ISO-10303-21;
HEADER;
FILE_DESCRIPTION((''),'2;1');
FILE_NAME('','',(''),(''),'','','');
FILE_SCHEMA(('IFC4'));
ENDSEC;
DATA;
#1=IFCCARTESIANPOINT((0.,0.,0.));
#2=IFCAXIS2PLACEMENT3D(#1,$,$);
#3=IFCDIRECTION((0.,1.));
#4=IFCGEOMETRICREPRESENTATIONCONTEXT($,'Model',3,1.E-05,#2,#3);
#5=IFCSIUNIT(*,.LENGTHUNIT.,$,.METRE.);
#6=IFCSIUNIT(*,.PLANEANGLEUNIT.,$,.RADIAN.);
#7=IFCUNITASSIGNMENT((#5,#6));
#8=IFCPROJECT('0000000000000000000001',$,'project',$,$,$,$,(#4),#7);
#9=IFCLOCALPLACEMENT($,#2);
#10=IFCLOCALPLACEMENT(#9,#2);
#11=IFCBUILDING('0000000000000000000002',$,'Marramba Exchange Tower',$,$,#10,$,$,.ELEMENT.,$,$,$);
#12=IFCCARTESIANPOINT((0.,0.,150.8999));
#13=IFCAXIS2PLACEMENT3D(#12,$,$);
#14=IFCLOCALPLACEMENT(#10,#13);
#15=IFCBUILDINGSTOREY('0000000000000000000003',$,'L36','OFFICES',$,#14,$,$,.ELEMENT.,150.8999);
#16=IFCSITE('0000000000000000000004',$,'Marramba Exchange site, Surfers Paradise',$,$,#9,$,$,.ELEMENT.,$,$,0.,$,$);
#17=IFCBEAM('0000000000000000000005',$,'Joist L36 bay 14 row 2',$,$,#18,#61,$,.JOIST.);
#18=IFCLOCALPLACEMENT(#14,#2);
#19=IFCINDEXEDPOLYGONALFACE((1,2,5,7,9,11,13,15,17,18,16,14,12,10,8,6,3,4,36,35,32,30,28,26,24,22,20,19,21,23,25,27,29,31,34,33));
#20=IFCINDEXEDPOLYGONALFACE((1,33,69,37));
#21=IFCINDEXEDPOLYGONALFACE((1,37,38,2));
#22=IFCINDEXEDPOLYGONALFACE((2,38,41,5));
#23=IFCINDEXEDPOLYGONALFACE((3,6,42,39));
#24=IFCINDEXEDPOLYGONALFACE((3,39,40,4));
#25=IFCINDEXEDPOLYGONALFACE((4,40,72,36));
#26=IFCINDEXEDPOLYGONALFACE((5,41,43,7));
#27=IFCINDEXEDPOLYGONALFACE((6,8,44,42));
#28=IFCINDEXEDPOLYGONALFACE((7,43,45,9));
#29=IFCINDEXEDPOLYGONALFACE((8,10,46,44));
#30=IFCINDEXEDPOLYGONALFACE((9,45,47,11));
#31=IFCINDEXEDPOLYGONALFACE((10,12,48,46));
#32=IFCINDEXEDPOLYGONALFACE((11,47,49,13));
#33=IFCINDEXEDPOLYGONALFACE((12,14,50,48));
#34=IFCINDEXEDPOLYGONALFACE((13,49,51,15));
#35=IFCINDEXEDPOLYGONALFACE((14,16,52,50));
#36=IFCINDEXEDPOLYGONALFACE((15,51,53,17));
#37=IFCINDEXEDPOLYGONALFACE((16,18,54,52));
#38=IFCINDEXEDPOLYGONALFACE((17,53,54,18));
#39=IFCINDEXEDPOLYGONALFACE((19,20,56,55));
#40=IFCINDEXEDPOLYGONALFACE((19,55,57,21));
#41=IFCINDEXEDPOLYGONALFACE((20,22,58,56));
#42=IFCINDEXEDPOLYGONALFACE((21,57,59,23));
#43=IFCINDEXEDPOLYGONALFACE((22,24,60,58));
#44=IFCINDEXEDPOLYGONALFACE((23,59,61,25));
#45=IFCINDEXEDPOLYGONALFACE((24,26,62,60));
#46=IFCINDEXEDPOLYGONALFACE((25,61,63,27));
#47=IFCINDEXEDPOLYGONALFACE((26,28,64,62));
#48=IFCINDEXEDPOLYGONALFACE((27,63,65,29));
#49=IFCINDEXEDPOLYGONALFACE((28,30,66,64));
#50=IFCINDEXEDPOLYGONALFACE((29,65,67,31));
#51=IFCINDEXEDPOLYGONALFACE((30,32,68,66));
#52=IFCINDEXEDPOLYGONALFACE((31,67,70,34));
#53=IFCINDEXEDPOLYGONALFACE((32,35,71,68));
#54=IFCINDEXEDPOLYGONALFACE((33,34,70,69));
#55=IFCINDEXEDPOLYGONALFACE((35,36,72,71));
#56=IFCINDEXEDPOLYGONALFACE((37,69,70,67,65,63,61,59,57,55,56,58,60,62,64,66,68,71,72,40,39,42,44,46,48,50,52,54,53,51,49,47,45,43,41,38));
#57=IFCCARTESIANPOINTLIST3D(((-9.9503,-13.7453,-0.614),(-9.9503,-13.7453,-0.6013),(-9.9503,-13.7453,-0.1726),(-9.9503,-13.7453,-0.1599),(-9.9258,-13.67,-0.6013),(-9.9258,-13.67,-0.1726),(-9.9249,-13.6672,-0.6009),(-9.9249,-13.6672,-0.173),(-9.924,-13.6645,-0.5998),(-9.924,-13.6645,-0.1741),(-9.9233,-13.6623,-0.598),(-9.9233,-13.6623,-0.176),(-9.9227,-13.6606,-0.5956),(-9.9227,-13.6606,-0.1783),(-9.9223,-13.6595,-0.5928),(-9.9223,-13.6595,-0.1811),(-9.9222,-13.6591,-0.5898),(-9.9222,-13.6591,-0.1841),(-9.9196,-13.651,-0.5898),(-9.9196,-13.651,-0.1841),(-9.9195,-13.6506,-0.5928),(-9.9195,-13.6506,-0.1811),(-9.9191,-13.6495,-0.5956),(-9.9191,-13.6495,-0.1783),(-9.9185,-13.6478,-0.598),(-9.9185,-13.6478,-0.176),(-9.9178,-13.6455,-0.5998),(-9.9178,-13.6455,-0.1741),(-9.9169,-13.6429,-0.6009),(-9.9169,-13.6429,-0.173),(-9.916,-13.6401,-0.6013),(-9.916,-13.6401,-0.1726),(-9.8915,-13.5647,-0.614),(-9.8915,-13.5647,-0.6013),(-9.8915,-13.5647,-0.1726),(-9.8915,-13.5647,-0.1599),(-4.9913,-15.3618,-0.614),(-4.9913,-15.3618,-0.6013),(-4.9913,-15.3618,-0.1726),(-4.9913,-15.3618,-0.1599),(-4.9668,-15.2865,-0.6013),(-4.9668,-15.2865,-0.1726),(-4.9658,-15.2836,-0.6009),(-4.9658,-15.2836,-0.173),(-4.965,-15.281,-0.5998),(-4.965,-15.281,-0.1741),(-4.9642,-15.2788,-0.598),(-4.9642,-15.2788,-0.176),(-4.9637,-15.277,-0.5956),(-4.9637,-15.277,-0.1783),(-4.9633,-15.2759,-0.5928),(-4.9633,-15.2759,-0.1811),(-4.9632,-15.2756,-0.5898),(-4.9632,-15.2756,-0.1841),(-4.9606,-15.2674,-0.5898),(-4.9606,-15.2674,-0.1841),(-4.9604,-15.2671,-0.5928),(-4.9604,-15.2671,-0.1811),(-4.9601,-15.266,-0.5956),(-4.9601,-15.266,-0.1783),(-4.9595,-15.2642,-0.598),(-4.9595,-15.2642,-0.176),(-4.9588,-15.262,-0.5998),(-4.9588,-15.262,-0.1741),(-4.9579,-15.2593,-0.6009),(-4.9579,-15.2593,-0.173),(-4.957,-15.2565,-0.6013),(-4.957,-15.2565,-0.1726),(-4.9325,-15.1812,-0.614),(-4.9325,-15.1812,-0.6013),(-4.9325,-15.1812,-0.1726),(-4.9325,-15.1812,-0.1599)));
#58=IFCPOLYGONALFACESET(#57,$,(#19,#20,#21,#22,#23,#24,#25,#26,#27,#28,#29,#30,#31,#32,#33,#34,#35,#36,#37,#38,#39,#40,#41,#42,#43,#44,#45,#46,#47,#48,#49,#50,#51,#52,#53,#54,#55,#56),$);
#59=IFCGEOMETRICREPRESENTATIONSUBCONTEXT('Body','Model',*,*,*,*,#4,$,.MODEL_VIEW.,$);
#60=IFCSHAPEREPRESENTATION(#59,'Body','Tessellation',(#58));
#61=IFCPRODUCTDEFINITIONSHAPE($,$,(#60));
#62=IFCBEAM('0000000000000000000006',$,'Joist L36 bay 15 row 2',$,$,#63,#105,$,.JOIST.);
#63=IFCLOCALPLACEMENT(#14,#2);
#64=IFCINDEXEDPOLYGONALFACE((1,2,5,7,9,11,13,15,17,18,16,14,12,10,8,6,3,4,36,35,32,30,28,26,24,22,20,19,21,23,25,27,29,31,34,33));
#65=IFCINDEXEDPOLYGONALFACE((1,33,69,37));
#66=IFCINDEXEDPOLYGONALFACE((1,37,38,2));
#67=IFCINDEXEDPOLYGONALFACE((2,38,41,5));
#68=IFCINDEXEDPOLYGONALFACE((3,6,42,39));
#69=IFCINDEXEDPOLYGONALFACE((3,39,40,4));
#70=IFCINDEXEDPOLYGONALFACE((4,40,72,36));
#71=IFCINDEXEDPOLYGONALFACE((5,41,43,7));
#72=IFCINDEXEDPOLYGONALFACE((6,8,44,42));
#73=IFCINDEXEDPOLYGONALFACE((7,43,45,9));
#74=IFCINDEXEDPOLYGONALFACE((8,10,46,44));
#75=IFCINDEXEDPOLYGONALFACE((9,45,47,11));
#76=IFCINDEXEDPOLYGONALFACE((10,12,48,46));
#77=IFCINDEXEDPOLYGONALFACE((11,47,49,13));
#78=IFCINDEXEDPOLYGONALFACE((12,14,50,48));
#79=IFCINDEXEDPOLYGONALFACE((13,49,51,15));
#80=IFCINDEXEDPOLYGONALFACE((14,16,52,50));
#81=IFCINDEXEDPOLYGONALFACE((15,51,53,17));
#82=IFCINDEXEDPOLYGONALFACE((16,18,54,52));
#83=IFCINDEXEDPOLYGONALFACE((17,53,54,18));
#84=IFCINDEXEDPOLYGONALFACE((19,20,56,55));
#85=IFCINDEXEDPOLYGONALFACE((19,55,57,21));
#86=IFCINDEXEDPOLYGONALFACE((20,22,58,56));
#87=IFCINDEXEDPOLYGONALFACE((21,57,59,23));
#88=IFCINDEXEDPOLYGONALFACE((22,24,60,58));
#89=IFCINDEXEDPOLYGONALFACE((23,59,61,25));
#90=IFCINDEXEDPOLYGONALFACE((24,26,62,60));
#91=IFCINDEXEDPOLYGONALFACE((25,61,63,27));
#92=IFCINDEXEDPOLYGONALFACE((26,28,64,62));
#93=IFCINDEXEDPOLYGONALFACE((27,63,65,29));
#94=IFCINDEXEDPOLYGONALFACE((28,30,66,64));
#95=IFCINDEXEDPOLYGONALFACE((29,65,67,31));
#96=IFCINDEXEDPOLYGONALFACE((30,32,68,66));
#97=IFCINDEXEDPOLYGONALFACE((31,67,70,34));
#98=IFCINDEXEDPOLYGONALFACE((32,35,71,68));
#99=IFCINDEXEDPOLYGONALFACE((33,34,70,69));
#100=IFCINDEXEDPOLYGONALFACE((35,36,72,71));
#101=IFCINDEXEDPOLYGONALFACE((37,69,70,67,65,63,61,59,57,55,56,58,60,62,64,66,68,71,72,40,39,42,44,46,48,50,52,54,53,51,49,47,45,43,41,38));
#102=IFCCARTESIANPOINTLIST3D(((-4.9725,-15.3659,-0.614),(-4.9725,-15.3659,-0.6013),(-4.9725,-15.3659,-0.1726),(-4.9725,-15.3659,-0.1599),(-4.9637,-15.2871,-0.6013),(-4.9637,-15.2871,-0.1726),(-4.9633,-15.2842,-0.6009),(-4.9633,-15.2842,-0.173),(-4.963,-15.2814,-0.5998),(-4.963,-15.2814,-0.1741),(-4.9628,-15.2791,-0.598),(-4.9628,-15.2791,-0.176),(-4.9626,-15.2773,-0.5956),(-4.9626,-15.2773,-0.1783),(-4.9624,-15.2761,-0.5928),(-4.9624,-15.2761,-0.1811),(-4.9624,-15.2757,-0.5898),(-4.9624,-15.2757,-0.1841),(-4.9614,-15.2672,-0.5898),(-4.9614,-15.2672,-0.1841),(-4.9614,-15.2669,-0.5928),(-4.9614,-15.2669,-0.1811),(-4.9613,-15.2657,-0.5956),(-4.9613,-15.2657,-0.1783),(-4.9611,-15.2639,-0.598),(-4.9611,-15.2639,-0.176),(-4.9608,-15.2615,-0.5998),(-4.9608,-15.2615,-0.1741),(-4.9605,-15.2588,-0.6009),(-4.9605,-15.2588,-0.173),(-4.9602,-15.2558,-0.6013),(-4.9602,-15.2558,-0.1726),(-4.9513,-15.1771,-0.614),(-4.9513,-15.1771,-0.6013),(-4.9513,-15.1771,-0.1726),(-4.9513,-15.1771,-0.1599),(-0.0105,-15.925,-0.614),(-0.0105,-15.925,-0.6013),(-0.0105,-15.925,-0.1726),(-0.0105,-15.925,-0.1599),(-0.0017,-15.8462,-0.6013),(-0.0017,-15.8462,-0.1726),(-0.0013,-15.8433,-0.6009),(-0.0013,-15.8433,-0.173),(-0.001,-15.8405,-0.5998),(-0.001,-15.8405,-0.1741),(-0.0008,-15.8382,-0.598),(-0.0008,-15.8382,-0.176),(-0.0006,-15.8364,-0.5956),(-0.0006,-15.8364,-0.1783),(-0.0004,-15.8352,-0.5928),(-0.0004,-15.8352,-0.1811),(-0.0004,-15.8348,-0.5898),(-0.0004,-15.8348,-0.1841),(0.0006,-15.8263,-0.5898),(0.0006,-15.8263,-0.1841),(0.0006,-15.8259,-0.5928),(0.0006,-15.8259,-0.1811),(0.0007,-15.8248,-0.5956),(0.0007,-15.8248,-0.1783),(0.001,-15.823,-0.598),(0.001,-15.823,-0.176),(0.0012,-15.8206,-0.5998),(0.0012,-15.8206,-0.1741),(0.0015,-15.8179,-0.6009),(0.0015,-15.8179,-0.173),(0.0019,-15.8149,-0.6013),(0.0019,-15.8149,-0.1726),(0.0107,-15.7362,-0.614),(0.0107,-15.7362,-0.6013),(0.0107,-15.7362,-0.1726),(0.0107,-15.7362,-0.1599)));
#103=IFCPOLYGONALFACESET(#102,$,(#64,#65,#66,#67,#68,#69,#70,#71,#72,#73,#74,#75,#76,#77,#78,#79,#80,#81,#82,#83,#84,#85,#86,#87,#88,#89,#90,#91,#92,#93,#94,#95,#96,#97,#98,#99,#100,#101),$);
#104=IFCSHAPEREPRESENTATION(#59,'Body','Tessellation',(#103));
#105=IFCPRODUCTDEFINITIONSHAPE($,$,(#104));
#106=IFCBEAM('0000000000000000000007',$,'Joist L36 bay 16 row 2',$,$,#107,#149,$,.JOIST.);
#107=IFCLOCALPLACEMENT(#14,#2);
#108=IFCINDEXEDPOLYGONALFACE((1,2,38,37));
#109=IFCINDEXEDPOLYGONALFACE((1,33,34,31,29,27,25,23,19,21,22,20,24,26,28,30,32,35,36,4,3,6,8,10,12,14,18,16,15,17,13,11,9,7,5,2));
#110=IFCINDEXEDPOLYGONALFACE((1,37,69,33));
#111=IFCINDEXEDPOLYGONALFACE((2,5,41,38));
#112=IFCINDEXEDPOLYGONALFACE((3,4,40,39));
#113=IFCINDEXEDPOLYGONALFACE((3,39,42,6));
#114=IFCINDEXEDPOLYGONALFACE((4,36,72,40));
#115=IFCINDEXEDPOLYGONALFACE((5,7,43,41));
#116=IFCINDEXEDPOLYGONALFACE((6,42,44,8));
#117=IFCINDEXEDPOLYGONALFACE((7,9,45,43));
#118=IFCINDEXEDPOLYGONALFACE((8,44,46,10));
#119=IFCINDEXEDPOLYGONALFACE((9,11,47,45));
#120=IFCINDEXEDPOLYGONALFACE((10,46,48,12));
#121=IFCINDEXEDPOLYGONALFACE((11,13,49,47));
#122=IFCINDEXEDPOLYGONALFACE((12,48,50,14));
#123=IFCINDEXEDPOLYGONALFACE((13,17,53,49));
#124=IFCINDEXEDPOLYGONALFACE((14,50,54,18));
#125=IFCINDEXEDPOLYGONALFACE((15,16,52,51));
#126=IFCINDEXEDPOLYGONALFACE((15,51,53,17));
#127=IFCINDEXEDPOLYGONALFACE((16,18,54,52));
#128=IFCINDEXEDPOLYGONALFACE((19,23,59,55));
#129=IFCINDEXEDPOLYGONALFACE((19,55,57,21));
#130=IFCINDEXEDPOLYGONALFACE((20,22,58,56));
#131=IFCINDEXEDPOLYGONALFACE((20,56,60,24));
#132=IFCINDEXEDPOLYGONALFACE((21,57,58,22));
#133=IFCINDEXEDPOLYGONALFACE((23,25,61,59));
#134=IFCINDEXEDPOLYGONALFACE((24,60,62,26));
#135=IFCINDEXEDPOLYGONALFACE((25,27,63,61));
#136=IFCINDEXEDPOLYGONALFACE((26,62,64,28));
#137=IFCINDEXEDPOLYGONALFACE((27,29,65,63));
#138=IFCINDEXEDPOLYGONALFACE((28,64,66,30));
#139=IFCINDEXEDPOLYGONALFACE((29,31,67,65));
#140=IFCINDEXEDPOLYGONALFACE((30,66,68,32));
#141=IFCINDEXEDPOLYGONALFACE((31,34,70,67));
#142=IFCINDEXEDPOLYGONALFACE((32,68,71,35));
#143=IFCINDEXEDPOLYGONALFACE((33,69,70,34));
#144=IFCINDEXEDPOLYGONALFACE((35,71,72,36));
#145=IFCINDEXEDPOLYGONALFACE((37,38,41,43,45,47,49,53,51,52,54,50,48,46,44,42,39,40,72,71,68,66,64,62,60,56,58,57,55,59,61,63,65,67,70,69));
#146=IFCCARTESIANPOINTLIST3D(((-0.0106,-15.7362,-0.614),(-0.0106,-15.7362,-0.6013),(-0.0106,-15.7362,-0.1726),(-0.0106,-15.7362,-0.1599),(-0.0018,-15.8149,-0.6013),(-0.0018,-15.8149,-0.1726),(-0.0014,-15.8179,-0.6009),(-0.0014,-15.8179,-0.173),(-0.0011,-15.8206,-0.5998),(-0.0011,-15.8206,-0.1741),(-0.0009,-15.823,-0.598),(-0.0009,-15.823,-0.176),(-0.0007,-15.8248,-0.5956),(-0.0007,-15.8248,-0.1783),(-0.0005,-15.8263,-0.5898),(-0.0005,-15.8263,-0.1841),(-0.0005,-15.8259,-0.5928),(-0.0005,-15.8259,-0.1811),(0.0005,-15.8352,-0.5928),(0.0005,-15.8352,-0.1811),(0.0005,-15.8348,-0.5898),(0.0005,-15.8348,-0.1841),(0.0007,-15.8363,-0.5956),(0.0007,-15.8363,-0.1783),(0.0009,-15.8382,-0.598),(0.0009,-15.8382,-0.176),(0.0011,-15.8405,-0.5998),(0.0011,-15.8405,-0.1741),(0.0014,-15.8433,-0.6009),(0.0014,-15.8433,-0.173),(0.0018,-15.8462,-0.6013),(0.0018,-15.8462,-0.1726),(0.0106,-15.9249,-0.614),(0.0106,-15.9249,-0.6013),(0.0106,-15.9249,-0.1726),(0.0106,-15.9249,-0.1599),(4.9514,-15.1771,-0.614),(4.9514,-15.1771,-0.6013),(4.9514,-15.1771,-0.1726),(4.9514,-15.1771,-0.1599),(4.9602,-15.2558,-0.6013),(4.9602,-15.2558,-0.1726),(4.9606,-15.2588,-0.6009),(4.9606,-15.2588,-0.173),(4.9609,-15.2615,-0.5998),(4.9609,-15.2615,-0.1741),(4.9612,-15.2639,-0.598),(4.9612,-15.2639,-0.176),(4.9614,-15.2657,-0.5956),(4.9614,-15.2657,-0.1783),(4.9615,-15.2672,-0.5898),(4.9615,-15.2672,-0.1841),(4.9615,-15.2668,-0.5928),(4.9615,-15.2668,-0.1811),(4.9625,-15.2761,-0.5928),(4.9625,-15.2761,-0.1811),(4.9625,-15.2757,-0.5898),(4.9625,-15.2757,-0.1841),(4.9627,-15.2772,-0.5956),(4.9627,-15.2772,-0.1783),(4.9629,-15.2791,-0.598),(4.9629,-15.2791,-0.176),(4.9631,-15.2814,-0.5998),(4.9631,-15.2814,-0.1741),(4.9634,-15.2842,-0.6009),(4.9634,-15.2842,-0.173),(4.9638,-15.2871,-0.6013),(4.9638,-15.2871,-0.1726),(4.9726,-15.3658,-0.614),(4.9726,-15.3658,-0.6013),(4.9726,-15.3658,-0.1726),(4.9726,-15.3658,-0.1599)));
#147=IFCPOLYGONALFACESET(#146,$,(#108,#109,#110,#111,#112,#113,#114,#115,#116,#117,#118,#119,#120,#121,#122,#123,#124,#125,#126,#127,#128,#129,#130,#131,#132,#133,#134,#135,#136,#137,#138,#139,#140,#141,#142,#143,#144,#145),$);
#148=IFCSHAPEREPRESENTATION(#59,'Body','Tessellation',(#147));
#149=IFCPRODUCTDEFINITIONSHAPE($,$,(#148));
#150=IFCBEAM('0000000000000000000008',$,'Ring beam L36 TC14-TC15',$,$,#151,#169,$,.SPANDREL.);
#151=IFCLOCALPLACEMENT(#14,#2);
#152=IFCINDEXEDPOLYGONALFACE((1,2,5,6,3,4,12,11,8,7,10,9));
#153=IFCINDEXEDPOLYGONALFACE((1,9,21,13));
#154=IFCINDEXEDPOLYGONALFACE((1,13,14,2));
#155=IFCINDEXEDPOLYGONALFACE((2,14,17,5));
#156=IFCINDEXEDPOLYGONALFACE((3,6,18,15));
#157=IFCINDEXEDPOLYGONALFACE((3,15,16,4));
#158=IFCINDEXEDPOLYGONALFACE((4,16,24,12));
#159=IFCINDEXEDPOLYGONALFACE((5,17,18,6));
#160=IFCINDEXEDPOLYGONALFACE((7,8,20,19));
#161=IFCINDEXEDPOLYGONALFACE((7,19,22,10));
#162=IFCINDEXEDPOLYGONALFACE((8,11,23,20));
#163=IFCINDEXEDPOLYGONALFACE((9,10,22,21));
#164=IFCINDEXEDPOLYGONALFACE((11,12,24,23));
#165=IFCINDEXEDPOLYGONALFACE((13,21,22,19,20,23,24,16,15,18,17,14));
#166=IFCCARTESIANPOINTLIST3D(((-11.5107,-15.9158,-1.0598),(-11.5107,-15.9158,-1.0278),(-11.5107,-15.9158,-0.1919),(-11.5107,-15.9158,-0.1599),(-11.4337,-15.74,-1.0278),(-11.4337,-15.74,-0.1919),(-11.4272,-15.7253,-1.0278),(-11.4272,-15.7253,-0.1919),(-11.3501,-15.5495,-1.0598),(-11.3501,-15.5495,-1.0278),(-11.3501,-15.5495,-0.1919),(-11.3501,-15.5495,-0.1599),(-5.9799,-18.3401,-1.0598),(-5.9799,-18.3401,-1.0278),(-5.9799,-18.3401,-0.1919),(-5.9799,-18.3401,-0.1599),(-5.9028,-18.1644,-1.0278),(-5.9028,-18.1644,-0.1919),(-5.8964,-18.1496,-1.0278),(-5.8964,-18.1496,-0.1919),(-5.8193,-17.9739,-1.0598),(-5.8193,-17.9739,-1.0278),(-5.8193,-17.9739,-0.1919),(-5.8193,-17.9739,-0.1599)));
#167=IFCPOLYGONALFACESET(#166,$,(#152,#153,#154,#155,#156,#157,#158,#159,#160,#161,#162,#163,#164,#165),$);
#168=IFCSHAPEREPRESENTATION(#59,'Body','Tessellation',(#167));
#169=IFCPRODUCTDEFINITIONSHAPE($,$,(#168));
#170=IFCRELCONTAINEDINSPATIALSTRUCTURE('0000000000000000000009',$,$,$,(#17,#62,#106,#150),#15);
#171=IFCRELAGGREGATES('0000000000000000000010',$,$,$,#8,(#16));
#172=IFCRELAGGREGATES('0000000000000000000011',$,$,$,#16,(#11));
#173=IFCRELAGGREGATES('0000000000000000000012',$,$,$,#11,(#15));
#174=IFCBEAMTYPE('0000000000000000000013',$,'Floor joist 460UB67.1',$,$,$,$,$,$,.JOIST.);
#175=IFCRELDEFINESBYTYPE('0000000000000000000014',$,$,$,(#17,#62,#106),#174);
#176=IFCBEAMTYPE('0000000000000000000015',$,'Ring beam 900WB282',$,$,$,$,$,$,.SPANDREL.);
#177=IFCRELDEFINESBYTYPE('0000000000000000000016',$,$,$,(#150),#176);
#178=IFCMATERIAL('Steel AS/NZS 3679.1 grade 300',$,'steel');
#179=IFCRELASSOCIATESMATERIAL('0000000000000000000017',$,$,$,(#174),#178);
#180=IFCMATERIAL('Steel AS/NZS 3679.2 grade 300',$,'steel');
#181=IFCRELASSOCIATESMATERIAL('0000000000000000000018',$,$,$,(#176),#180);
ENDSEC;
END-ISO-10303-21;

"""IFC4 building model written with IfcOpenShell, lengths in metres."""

from ifc_helpers import new_model, si_unit, direction, frame, origin, origin_2d, place, context, subcontext, project, spatial, i_section, extrude, material, material_profile, profile_set, type_object, element, save


model = new_model("IFC4")

# Units and contexts
model_context = context("Model", 3, precision=1e-05, world=origin(), true_north=direction((0.0, 1.0)))
body_context = subcontext(model_context, "Body", "Model", "MODEL_VIEW")
ifc_project = project(units=[si_unit("LENGTHUNIT", "METRE"), si_unit("PLANEANGLEUNIT", "RADIAN")], contexts=[model_context])

# Site, building, storey
site_placement = place(None, origin())
site = spatial("IfcSite", under=ifc_project, at=site_placement, Name="Marramba Exchange site, Surfers Paradise", CompositionType="ELEMENT", RefElevation=0.0)
building_placement = place(site_placement, origin())
building = spatial("IfcBuilding", under=site, at=building_placement, Name="Marramba Exchange Tower", CompositionType="ELEMENT")
storey_placement = place(building_placement, frame((0.0, 0.0, 150.8999)))
storey = spatial("IfcBuildingStorey", under=building, at=storey_placement, Name="L36", Description="OFFICES", CompositionType="ELEMENT", Elevation=150.8999)

# Beams
ifc_material_1 = material(Name="Steel AS/NZS 3679.2 grade 300", Category="steel")
ifc_material_2 = material(Name="Steel AS/NZS 3679.1 grade 300", Category="steel")
ifc_material_profile_1 = material_profile(ifc_material_2, i_section(OverallWidth=0.1899, OverallDepth=0.4541, WebThickness=0.0085, FlangeThickness=0.0127, FilletRadius=0.0115, at=origin_2d()), Name="460UB67.1")
ifc_profile_set_1 = profile_set([ifc_material_profile_1], Name="Steel AS/NZS 3679.1 grade 300")
beam_type_1 = type_object("IfcBeamType", Name="Floor joist 460UB67.1", PredefinedType="JOIST", material=ifc_profile_set_1)
beam_1_placement = place(storey_placement, frame((-9.9209, -13.655, -0.387), z_axis=(0.950764, -0.309916, 0.0), x_axis=(0.309916, 0.950764, 0.0)))
element("IfcBeam", 1, at=beam_1_placement, inside=storey, type_object=beam_type_1, Name="Joist L36 bay 14 row 2", PredefinedType="JOIST", context=body_context, shape_type="SweptSolid", body=[
    extrude(i_section(OverallWidth=0.1899, OverallDepth=0.4541, WebThickness=0.0085, FlangeThickness=0.0127, FilletRadius=0.0115, at=origin_2d()), origin(), (0.0, 0.0, 1.0), 5.2158),
])
for number, where, z_axis, x_axis, name in (
    (2, (-4.9619, -15.2715, -0.387), (0.993712, -0.111966, 0.0), (0.111966, 0.993712, 0.0), "Joist L36 bay 15 row 2"),
    (3, (0.0, -15.8306, -0.387), (0.993712, 0.111966, 0.0), (-0.111966, 0.993712, 0.0), "Joist L36 bay 16 row 2"),
):
    element("IfcBeam", number, at=place(storey_placement, frame(where, z_axis=z_axis, x_axis=x_axis)), inside=storey, type_object=beam_type_1, Name=name, PredefinedType="JOIST", context=body_context, shape_type="SweptSolid", body=[
        extrude(i_section(OverallWidth=0.1899, OverallDepth=0.4541, WebThickness=0.0085, FlangeThickness=0.0127, FilletRadius=0.0115, at=origin_2d()), origin(), (0.0, 0.0, 1.0), 4.9934),
    ])
ifc_material_profile_2 = material_profile(ifc_material_1, i_section(OverallWidth=0.3999, OverallDepth=0.8999, WebThickness=0.0161, FlangeThickness=0.032, at=origin_2d()), Name="900WB282")
ifc_profile_set_2 = profile_set([ifc_material_profile_2], Name="Steel AS/NZS 3679.2 grade 300")
beam_type_2 = type_object("IfcBeamType", Name="Ring beam 900WB282", PredefinedType="SPANDREL", material=ifc_profile_set_2)
beam_2_placement = place(storey_placement, frame((-11.4304, -15.7327, -0.6099), z_axis=(0.915877, -0.401459, 0.0), x_axis=(0.401459, 0.915877, 0.0)))
element("IfcBeam", 4, at=beam_2_placement, inside=storey, type_object=beam_type_2, Name="Ring beam L36 TC14-TC15", PredefinedType="SPANDREL", context=body_context, shape_type="SweptSolid", body=[
    extrude(i_section(OverallWidth=0.3999, OverallDepth=0.8999, WebThickness=0.0161, FlangeThickness=0.032, at=origin_2d()), origin(), (0.0, 0.0, 1.0), 6.0388),
])

save(model, "model.ifc")
